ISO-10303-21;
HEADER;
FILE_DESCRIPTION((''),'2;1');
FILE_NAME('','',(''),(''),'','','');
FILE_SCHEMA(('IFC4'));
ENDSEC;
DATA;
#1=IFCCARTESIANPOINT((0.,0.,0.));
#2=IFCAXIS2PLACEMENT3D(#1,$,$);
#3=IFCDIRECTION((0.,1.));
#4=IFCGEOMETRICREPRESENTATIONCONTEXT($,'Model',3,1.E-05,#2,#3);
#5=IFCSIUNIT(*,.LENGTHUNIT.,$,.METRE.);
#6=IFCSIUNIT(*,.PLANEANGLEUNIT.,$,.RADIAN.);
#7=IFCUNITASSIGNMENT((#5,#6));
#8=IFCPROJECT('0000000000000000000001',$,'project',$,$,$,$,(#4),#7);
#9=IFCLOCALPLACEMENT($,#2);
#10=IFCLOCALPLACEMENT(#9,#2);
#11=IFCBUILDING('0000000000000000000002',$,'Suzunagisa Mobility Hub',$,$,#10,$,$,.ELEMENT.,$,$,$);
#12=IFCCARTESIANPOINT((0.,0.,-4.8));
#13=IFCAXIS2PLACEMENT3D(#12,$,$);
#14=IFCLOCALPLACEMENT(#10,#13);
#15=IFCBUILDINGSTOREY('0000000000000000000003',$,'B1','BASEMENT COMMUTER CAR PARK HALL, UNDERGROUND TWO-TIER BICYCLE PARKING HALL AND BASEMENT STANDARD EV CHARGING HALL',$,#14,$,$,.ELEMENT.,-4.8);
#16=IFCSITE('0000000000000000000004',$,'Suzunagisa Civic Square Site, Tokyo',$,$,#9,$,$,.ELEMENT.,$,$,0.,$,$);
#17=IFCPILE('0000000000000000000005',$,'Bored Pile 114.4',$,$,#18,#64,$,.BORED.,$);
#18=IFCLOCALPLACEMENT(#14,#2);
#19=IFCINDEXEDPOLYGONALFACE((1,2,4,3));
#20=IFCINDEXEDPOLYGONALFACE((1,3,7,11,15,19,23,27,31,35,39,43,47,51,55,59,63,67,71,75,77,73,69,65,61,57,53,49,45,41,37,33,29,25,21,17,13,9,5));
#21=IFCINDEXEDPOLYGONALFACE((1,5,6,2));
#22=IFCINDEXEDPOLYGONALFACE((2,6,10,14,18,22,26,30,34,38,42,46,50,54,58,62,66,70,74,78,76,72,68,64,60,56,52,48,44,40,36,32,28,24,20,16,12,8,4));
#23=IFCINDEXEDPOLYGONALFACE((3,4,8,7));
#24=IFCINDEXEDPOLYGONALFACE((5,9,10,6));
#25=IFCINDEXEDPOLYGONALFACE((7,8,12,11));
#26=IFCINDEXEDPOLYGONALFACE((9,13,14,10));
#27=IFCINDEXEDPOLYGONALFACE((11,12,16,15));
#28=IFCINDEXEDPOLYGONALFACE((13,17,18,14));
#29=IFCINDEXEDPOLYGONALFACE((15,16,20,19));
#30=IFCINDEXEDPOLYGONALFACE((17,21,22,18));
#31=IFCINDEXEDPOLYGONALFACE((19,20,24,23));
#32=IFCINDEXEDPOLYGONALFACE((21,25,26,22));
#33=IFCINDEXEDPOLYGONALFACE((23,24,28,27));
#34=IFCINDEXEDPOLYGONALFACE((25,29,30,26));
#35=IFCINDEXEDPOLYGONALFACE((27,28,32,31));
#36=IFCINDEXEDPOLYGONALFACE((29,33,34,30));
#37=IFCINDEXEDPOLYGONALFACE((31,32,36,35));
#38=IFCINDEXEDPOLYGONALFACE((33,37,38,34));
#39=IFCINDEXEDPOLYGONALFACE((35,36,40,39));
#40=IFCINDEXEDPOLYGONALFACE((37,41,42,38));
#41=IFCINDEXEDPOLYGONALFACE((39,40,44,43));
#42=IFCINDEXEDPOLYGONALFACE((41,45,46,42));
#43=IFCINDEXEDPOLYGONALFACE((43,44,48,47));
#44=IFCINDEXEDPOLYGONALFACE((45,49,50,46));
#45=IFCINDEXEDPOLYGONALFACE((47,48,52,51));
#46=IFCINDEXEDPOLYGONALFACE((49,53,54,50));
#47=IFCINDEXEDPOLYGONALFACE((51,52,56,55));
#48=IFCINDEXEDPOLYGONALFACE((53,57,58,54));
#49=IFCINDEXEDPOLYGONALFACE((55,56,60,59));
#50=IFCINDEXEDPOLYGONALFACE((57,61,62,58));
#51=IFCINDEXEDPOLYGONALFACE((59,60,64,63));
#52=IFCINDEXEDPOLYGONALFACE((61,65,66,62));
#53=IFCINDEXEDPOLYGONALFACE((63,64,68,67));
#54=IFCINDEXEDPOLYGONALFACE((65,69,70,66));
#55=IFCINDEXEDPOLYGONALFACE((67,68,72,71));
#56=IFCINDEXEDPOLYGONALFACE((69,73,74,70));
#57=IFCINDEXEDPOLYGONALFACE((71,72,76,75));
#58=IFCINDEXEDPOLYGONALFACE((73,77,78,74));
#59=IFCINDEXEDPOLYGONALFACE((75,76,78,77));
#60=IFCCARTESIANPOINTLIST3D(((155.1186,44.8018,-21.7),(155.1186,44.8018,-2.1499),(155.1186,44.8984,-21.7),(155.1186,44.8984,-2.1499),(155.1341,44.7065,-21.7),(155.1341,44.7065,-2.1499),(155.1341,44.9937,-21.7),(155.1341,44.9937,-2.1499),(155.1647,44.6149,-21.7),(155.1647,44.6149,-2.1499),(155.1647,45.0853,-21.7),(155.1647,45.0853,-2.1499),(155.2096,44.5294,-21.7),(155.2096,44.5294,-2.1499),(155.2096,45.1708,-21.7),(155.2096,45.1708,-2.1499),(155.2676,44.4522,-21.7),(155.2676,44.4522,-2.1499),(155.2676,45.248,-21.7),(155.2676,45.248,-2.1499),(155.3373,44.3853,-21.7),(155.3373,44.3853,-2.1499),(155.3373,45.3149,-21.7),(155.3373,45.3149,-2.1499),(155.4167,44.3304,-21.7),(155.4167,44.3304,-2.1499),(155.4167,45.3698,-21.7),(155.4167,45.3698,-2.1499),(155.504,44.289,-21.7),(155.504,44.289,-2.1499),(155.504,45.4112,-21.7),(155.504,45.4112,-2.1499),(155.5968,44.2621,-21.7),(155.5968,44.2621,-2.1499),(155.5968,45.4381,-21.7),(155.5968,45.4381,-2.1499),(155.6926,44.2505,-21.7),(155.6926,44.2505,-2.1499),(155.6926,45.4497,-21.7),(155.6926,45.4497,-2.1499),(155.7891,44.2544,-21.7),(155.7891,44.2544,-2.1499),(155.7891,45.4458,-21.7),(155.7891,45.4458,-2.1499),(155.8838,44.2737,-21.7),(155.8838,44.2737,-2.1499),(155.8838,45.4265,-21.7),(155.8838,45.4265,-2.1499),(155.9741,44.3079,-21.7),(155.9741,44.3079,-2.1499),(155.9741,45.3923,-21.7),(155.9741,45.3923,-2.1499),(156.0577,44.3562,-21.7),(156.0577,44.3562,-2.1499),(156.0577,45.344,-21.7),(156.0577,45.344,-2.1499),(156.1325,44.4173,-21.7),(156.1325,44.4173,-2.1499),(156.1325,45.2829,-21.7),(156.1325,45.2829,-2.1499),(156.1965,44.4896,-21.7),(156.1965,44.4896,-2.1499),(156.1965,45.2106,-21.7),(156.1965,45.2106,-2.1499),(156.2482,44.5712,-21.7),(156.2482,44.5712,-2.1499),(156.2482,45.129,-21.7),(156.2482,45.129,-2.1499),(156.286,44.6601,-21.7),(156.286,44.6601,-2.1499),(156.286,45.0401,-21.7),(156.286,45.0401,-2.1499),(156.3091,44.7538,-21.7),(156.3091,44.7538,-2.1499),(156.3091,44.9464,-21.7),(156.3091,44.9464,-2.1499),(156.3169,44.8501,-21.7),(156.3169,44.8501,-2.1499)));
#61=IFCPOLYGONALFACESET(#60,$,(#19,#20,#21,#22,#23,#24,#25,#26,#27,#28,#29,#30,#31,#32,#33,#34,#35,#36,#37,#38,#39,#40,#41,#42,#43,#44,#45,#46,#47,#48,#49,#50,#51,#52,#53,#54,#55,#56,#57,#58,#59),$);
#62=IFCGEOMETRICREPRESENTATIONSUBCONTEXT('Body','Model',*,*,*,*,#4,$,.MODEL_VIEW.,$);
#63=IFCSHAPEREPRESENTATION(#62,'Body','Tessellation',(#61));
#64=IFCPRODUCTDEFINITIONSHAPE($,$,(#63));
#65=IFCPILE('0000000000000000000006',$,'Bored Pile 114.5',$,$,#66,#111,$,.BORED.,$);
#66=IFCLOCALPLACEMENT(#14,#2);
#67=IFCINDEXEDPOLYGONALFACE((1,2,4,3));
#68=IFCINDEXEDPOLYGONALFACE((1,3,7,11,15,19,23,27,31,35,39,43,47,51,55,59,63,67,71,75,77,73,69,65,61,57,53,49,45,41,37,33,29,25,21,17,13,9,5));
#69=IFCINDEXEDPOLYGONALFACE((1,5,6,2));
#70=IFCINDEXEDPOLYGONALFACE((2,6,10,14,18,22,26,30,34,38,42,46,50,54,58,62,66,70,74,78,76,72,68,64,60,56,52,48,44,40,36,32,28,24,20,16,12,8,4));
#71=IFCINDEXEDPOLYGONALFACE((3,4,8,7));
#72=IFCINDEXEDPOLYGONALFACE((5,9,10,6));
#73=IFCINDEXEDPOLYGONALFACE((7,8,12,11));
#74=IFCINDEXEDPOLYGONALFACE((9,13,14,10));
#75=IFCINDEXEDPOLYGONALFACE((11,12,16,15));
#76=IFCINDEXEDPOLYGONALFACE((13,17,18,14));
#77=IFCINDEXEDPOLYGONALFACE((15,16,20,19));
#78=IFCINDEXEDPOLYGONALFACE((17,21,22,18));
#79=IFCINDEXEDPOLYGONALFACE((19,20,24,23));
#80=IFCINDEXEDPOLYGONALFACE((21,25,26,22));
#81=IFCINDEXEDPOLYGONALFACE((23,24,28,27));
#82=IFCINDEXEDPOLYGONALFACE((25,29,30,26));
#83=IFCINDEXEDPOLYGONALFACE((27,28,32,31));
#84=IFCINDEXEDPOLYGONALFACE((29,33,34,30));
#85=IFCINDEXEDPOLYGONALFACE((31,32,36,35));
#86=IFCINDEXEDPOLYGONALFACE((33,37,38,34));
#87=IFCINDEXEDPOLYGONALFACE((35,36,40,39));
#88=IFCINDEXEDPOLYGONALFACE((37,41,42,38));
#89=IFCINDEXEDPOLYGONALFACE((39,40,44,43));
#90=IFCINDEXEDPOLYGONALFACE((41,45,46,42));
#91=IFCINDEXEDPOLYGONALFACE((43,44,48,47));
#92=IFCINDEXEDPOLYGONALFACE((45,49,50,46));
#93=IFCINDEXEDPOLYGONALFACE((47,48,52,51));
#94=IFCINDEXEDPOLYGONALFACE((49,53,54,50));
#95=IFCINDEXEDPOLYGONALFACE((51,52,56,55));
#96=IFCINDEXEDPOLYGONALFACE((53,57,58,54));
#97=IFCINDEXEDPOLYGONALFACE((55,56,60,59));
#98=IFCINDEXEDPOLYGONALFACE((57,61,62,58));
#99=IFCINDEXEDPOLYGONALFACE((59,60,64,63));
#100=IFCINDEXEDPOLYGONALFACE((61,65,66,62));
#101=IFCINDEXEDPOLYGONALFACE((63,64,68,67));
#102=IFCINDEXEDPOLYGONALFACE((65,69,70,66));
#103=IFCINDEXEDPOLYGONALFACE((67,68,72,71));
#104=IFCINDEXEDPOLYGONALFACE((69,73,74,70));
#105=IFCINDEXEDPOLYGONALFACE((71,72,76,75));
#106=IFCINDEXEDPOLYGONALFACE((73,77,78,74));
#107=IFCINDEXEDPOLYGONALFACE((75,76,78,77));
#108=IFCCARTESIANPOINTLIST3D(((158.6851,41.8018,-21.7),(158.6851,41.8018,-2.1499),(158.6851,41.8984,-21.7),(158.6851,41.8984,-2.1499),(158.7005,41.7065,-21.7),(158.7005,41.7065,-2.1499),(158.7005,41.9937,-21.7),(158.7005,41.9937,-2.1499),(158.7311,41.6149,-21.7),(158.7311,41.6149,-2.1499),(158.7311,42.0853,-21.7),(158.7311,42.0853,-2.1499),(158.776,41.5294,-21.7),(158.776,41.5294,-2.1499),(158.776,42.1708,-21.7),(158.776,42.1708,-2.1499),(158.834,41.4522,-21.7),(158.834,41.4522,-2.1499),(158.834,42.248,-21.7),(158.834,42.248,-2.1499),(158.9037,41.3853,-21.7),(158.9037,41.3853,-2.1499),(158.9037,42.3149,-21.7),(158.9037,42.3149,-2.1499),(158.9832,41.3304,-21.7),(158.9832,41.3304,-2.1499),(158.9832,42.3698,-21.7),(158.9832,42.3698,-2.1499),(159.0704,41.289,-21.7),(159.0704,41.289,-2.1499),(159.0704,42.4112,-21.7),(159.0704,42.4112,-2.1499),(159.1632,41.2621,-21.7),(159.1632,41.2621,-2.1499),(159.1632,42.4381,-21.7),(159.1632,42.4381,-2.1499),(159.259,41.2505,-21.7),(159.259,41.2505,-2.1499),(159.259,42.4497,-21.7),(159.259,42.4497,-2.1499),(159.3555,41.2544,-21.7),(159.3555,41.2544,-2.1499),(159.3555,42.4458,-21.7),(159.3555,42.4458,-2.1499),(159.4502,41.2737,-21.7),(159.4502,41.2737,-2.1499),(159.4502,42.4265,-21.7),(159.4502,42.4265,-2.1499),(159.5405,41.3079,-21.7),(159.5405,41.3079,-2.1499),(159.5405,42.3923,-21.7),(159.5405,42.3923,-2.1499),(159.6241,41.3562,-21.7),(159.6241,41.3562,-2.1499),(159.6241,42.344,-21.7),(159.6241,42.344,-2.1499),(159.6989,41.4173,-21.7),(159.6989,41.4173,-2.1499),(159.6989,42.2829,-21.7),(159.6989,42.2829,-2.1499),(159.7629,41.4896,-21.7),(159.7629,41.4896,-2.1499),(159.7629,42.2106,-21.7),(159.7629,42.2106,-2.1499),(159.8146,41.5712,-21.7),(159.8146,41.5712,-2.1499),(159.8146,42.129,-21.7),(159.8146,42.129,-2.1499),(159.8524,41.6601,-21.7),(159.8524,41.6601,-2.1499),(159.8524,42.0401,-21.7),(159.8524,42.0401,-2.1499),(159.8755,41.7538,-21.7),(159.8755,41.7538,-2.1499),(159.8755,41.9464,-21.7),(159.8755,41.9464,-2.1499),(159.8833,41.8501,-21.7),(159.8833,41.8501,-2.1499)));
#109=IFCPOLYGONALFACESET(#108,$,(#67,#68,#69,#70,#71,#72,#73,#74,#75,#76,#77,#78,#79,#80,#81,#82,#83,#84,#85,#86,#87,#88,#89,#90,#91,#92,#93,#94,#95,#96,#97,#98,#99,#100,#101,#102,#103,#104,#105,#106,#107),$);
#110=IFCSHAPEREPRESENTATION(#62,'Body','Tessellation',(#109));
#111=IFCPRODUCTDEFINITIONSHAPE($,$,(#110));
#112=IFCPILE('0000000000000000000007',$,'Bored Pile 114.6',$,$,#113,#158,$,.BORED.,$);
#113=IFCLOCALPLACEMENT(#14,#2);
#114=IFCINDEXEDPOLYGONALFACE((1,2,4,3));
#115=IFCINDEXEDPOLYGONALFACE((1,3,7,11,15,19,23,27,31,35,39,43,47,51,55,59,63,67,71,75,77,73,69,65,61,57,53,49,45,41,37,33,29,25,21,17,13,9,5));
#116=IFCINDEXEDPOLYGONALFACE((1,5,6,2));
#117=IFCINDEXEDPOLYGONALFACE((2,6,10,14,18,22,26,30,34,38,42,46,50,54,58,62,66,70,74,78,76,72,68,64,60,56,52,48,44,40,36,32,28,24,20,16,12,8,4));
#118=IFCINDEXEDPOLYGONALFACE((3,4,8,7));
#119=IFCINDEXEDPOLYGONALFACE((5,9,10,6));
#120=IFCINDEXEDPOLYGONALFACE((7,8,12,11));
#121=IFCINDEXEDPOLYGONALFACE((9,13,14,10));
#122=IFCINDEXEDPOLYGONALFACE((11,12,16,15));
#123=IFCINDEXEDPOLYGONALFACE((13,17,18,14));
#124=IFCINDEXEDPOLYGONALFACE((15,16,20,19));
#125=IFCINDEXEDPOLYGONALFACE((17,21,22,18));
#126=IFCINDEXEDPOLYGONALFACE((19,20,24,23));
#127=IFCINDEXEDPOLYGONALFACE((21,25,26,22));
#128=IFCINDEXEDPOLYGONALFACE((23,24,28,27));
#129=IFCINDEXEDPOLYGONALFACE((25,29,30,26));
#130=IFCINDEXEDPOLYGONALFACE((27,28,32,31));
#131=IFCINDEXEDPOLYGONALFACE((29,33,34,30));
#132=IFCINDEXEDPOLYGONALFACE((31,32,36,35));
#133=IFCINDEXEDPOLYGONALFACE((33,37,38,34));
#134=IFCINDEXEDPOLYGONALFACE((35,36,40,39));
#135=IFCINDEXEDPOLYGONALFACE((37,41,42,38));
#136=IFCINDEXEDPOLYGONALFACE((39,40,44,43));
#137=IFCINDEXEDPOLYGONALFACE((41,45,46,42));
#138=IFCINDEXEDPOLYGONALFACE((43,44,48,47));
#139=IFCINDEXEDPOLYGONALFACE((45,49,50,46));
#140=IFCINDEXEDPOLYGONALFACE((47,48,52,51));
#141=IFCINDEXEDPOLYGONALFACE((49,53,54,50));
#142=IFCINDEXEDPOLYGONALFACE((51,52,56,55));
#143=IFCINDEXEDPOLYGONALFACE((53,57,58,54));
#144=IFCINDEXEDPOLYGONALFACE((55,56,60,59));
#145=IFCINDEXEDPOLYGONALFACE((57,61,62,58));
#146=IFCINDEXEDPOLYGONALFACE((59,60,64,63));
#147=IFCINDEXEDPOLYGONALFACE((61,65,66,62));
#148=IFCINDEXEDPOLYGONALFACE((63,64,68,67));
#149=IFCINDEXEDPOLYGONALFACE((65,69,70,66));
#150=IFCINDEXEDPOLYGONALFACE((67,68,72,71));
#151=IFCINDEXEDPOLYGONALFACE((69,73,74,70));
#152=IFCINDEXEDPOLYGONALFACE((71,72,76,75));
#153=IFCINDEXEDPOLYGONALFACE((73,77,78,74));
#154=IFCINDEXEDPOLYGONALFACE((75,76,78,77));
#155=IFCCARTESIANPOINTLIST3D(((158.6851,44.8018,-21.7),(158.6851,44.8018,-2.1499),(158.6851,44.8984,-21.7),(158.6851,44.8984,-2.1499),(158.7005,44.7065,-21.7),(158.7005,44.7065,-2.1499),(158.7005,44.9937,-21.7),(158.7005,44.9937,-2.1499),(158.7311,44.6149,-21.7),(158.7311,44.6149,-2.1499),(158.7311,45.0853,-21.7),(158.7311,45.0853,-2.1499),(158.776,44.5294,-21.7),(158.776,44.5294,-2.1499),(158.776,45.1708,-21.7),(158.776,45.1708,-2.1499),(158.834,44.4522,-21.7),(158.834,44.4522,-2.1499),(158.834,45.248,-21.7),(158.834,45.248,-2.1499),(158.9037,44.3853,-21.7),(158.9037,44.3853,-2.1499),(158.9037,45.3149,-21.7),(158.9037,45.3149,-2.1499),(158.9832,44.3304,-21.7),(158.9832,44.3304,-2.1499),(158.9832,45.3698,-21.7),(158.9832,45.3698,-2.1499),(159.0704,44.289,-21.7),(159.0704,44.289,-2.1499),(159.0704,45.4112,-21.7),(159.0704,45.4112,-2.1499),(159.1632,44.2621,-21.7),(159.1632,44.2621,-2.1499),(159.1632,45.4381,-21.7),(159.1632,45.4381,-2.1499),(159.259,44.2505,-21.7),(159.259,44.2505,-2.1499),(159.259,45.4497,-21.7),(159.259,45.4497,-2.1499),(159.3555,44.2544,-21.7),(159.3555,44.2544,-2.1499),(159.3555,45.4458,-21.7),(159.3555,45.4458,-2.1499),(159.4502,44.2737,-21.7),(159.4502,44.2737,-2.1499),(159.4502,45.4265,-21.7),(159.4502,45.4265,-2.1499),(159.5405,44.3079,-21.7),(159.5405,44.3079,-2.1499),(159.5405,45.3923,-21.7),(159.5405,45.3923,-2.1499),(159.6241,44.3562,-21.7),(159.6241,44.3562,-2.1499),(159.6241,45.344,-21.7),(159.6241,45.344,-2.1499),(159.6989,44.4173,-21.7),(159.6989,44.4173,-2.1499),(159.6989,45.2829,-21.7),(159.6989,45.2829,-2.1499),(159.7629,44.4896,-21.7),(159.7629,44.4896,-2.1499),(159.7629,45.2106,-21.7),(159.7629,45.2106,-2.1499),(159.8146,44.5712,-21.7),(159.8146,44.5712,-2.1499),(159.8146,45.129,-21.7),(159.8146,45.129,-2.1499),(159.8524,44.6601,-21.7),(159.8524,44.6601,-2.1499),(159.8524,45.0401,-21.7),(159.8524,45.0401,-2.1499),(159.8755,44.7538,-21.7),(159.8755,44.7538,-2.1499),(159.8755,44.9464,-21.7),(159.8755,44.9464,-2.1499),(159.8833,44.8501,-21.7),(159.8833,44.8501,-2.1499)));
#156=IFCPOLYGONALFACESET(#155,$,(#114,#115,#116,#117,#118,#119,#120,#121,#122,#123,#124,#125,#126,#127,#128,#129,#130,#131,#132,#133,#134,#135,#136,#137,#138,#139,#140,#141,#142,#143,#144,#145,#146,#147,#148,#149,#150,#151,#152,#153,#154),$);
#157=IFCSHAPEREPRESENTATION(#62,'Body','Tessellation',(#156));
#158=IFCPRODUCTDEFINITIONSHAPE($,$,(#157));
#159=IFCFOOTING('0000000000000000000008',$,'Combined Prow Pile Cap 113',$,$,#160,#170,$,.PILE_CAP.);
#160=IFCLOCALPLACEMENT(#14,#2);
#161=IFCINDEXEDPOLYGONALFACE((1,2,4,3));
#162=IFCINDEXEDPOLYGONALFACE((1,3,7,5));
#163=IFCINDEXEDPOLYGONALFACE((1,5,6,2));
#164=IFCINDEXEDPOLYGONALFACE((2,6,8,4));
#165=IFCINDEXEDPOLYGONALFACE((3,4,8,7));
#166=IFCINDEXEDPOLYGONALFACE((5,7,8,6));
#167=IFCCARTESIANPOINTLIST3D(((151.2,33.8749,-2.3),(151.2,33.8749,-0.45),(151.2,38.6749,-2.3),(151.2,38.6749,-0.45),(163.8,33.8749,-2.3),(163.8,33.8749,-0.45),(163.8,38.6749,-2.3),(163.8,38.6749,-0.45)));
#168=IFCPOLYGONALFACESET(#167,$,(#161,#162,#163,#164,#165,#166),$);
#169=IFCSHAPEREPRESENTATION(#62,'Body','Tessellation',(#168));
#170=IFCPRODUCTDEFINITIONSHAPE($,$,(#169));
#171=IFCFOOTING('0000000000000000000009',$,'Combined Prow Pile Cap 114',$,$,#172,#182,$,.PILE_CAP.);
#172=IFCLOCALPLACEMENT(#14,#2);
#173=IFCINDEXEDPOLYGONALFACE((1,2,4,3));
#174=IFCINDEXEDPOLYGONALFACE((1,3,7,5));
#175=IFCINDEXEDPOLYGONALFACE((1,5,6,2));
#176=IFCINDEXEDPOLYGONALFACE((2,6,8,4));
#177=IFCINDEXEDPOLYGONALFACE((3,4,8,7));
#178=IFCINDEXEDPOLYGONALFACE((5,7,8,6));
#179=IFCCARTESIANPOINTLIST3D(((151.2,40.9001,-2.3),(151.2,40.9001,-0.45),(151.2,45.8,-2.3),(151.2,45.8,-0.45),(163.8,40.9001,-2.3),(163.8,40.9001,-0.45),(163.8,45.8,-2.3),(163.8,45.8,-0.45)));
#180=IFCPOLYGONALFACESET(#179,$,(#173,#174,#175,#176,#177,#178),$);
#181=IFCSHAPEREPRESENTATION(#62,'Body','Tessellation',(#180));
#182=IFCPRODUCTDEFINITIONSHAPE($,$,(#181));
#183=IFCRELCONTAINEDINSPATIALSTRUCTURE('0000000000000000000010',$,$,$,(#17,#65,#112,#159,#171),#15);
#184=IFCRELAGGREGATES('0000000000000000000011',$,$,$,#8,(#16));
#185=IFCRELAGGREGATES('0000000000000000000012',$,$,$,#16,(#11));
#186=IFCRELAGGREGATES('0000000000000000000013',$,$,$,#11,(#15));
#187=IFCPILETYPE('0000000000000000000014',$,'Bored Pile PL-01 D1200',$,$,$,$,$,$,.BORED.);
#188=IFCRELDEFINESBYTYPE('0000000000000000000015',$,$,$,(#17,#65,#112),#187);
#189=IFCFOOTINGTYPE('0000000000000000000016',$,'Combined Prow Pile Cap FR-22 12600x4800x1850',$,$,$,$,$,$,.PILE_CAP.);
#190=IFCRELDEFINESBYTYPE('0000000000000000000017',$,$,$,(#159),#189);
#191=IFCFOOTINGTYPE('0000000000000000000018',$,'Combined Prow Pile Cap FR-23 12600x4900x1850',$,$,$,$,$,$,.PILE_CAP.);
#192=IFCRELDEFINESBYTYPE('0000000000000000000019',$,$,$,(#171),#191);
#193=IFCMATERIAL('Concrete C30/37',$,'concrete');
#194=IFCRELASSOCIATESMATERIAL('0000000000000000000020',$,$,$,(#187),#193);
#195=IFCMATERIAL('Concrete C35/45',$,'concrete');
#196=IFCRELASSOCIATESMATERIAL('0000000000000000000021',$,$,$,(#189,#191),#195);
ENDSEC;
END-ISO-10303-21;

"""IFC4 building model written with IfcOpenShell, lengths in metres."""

from ifc_helpers import new_model, si_unit, direction, frame, origin, origin_2d, place, context, subcontext, project, spatial, rectangle, circle, extrude, material, material_profile, profile_set, type_object, element, save


model = new_model("IFC4")

# Units and contexts
model_context = context("Model", 3, precision=1e-05, world=origin(), true_north=direction((0.0, 1.0)))
body_context = subcontext(model_context, "Body", "Model", "MODEL_VIEW")
ifc_project = project(units=[si_unit("LENGTHUNIT", "METRE"), si_unit("PLANEANGLEUNIT", "RADIAN")], contexts=[model_context])

# Site, building, storey
site_placement = place(None, origin())
site = spatial("IfcSite", under=ifc_project, at=site_placement, Name="Suzunagisa Civic Square Site, Tokyo", CompositionType="ELEMENT", RefElevation=0.0)
building_placement = place(site_placement, origin())
building = spatial("IfcBuilding", under=site, at=building_placement, Name="Suzunagisa Mobility Hub", CompositionType="ELEMENT")
storey_placement = place(building_placement, frame((0.0, 0.0, -4.8)))
storey = spatial("IfcBuildingStorey", under=building, at=storey_placement, Name="B1", Description="BASEMENT COMMUTER CAR PARK HALL, UNDERGROUND TWO-TIER BICYCLE PARKING HALL AND BASEMENT STANDARD EV CHARGING HALL", CompositionType="ELEMENT", Elevation=-4.8)

# Piles
ifc_material_1 = material(Name="Concrete C30/37", Category="concrete")
ifc_material_profile_1 = material_profile(ifc_material_1, circle(Radius=0.6001, at=origin_2d()), Name="BORED PILE D1200")
ifc_profile_set_1 = profile_set([ifc_material_profile_1], Name="Concrete C30/37")
pile_type = type_object("IfcPileType", Name="Bored Pile PL-01 D1200", PredefinedType="BORED", material=ifc_profile_set_1)
for number, where, z_axis, x_axis, name in (
    (1, (155.7168, 44.8501, -2.1499), (0.0, 0.0, -1.0), (1.0, 0.0, 0.0), "Bored Pile 114.4"),
    (2, (159.2832, 41.8501, -2.1499), (0.0, 0.0, -1.0), (1.0, 0.0, 0.0), "Bored Pile 114.5"),
    (3, (159.2832, 44.8501, -2.1499), (0.0, 0.0, -1.0), (1.0, 0.0, 0.0), "Bored Pile 114.6"),
):
    element("IfcPile", number, at=place(storey_placement, frame(where, z_axis=z_axis, x_axis=x_axis)), inside=storey, type_object=pile_type, Name=name, PredefinedType="BORED", context=body_context, shape_type="SweptSolid", body=[
        extrude(circle(Radius=0.6001, at=origin_2d()), origin(), (0.0, 0.0, 1.0), 19.55),
    ])

# Footings
ifc_material_2 = material(Name="Concrete C35/45", Category="concrete")
footing_type_1 = type_object("IfcFootingType", Name="Combined Prow Pile Cap FR-22 12600x4800x1850", PredefinedType="PILE_CAP", material=ifc_material_2)
footing_1_placement = place(storey_placement, frame((157.5, 36.2749, -2.3), z_axis=(0.0, 0.0, 1.0), x_axis=(1.0, 0.0, 0.0)))
element("IfcFooting", 4, at=footing_1_placement, inside=storey, type_object=footing_type_1, Name="Combined Prow Pile Cap 113", PredefinedType="PILE_CAP", context=body_context, shape_type="SweptSolid", body=[
    extrude(rectangle(XDim=12.6001, YDim=4.8, at=origin_2d()), origin(), (0.0, 0.0, 1.0), 1.8501),
])
footing_type_2 = type_object("IfcFootingType", Name="Combined Prow Pile Cap FR-23 12600x4900x1850", PredefinedType="PILE_CAP", material=ifc_material_2)
footing_2_placement = place(storey_placement, frame((157.5, 43.3501, -2.3), z_axis=(0.0, 0.0, 1.0), x_axis=(1.0, 0.0, 0.0)))
element("IfcFooting", 5, at=footing_2_placement, inside=storey, type_object=footing_type_2, Name="Combined Prow Pile Cap 114", PredefinedType="PILE_CAP", context=body_context, shape_type="SweptSolid", body=[
    extrude(rectangle(XDim=12.6001, YDim=4.8999, at=origin_2d()), origin(), (0.0, 0.0, 1.0), 1.8501),
])

save(model, "model.ifc")
